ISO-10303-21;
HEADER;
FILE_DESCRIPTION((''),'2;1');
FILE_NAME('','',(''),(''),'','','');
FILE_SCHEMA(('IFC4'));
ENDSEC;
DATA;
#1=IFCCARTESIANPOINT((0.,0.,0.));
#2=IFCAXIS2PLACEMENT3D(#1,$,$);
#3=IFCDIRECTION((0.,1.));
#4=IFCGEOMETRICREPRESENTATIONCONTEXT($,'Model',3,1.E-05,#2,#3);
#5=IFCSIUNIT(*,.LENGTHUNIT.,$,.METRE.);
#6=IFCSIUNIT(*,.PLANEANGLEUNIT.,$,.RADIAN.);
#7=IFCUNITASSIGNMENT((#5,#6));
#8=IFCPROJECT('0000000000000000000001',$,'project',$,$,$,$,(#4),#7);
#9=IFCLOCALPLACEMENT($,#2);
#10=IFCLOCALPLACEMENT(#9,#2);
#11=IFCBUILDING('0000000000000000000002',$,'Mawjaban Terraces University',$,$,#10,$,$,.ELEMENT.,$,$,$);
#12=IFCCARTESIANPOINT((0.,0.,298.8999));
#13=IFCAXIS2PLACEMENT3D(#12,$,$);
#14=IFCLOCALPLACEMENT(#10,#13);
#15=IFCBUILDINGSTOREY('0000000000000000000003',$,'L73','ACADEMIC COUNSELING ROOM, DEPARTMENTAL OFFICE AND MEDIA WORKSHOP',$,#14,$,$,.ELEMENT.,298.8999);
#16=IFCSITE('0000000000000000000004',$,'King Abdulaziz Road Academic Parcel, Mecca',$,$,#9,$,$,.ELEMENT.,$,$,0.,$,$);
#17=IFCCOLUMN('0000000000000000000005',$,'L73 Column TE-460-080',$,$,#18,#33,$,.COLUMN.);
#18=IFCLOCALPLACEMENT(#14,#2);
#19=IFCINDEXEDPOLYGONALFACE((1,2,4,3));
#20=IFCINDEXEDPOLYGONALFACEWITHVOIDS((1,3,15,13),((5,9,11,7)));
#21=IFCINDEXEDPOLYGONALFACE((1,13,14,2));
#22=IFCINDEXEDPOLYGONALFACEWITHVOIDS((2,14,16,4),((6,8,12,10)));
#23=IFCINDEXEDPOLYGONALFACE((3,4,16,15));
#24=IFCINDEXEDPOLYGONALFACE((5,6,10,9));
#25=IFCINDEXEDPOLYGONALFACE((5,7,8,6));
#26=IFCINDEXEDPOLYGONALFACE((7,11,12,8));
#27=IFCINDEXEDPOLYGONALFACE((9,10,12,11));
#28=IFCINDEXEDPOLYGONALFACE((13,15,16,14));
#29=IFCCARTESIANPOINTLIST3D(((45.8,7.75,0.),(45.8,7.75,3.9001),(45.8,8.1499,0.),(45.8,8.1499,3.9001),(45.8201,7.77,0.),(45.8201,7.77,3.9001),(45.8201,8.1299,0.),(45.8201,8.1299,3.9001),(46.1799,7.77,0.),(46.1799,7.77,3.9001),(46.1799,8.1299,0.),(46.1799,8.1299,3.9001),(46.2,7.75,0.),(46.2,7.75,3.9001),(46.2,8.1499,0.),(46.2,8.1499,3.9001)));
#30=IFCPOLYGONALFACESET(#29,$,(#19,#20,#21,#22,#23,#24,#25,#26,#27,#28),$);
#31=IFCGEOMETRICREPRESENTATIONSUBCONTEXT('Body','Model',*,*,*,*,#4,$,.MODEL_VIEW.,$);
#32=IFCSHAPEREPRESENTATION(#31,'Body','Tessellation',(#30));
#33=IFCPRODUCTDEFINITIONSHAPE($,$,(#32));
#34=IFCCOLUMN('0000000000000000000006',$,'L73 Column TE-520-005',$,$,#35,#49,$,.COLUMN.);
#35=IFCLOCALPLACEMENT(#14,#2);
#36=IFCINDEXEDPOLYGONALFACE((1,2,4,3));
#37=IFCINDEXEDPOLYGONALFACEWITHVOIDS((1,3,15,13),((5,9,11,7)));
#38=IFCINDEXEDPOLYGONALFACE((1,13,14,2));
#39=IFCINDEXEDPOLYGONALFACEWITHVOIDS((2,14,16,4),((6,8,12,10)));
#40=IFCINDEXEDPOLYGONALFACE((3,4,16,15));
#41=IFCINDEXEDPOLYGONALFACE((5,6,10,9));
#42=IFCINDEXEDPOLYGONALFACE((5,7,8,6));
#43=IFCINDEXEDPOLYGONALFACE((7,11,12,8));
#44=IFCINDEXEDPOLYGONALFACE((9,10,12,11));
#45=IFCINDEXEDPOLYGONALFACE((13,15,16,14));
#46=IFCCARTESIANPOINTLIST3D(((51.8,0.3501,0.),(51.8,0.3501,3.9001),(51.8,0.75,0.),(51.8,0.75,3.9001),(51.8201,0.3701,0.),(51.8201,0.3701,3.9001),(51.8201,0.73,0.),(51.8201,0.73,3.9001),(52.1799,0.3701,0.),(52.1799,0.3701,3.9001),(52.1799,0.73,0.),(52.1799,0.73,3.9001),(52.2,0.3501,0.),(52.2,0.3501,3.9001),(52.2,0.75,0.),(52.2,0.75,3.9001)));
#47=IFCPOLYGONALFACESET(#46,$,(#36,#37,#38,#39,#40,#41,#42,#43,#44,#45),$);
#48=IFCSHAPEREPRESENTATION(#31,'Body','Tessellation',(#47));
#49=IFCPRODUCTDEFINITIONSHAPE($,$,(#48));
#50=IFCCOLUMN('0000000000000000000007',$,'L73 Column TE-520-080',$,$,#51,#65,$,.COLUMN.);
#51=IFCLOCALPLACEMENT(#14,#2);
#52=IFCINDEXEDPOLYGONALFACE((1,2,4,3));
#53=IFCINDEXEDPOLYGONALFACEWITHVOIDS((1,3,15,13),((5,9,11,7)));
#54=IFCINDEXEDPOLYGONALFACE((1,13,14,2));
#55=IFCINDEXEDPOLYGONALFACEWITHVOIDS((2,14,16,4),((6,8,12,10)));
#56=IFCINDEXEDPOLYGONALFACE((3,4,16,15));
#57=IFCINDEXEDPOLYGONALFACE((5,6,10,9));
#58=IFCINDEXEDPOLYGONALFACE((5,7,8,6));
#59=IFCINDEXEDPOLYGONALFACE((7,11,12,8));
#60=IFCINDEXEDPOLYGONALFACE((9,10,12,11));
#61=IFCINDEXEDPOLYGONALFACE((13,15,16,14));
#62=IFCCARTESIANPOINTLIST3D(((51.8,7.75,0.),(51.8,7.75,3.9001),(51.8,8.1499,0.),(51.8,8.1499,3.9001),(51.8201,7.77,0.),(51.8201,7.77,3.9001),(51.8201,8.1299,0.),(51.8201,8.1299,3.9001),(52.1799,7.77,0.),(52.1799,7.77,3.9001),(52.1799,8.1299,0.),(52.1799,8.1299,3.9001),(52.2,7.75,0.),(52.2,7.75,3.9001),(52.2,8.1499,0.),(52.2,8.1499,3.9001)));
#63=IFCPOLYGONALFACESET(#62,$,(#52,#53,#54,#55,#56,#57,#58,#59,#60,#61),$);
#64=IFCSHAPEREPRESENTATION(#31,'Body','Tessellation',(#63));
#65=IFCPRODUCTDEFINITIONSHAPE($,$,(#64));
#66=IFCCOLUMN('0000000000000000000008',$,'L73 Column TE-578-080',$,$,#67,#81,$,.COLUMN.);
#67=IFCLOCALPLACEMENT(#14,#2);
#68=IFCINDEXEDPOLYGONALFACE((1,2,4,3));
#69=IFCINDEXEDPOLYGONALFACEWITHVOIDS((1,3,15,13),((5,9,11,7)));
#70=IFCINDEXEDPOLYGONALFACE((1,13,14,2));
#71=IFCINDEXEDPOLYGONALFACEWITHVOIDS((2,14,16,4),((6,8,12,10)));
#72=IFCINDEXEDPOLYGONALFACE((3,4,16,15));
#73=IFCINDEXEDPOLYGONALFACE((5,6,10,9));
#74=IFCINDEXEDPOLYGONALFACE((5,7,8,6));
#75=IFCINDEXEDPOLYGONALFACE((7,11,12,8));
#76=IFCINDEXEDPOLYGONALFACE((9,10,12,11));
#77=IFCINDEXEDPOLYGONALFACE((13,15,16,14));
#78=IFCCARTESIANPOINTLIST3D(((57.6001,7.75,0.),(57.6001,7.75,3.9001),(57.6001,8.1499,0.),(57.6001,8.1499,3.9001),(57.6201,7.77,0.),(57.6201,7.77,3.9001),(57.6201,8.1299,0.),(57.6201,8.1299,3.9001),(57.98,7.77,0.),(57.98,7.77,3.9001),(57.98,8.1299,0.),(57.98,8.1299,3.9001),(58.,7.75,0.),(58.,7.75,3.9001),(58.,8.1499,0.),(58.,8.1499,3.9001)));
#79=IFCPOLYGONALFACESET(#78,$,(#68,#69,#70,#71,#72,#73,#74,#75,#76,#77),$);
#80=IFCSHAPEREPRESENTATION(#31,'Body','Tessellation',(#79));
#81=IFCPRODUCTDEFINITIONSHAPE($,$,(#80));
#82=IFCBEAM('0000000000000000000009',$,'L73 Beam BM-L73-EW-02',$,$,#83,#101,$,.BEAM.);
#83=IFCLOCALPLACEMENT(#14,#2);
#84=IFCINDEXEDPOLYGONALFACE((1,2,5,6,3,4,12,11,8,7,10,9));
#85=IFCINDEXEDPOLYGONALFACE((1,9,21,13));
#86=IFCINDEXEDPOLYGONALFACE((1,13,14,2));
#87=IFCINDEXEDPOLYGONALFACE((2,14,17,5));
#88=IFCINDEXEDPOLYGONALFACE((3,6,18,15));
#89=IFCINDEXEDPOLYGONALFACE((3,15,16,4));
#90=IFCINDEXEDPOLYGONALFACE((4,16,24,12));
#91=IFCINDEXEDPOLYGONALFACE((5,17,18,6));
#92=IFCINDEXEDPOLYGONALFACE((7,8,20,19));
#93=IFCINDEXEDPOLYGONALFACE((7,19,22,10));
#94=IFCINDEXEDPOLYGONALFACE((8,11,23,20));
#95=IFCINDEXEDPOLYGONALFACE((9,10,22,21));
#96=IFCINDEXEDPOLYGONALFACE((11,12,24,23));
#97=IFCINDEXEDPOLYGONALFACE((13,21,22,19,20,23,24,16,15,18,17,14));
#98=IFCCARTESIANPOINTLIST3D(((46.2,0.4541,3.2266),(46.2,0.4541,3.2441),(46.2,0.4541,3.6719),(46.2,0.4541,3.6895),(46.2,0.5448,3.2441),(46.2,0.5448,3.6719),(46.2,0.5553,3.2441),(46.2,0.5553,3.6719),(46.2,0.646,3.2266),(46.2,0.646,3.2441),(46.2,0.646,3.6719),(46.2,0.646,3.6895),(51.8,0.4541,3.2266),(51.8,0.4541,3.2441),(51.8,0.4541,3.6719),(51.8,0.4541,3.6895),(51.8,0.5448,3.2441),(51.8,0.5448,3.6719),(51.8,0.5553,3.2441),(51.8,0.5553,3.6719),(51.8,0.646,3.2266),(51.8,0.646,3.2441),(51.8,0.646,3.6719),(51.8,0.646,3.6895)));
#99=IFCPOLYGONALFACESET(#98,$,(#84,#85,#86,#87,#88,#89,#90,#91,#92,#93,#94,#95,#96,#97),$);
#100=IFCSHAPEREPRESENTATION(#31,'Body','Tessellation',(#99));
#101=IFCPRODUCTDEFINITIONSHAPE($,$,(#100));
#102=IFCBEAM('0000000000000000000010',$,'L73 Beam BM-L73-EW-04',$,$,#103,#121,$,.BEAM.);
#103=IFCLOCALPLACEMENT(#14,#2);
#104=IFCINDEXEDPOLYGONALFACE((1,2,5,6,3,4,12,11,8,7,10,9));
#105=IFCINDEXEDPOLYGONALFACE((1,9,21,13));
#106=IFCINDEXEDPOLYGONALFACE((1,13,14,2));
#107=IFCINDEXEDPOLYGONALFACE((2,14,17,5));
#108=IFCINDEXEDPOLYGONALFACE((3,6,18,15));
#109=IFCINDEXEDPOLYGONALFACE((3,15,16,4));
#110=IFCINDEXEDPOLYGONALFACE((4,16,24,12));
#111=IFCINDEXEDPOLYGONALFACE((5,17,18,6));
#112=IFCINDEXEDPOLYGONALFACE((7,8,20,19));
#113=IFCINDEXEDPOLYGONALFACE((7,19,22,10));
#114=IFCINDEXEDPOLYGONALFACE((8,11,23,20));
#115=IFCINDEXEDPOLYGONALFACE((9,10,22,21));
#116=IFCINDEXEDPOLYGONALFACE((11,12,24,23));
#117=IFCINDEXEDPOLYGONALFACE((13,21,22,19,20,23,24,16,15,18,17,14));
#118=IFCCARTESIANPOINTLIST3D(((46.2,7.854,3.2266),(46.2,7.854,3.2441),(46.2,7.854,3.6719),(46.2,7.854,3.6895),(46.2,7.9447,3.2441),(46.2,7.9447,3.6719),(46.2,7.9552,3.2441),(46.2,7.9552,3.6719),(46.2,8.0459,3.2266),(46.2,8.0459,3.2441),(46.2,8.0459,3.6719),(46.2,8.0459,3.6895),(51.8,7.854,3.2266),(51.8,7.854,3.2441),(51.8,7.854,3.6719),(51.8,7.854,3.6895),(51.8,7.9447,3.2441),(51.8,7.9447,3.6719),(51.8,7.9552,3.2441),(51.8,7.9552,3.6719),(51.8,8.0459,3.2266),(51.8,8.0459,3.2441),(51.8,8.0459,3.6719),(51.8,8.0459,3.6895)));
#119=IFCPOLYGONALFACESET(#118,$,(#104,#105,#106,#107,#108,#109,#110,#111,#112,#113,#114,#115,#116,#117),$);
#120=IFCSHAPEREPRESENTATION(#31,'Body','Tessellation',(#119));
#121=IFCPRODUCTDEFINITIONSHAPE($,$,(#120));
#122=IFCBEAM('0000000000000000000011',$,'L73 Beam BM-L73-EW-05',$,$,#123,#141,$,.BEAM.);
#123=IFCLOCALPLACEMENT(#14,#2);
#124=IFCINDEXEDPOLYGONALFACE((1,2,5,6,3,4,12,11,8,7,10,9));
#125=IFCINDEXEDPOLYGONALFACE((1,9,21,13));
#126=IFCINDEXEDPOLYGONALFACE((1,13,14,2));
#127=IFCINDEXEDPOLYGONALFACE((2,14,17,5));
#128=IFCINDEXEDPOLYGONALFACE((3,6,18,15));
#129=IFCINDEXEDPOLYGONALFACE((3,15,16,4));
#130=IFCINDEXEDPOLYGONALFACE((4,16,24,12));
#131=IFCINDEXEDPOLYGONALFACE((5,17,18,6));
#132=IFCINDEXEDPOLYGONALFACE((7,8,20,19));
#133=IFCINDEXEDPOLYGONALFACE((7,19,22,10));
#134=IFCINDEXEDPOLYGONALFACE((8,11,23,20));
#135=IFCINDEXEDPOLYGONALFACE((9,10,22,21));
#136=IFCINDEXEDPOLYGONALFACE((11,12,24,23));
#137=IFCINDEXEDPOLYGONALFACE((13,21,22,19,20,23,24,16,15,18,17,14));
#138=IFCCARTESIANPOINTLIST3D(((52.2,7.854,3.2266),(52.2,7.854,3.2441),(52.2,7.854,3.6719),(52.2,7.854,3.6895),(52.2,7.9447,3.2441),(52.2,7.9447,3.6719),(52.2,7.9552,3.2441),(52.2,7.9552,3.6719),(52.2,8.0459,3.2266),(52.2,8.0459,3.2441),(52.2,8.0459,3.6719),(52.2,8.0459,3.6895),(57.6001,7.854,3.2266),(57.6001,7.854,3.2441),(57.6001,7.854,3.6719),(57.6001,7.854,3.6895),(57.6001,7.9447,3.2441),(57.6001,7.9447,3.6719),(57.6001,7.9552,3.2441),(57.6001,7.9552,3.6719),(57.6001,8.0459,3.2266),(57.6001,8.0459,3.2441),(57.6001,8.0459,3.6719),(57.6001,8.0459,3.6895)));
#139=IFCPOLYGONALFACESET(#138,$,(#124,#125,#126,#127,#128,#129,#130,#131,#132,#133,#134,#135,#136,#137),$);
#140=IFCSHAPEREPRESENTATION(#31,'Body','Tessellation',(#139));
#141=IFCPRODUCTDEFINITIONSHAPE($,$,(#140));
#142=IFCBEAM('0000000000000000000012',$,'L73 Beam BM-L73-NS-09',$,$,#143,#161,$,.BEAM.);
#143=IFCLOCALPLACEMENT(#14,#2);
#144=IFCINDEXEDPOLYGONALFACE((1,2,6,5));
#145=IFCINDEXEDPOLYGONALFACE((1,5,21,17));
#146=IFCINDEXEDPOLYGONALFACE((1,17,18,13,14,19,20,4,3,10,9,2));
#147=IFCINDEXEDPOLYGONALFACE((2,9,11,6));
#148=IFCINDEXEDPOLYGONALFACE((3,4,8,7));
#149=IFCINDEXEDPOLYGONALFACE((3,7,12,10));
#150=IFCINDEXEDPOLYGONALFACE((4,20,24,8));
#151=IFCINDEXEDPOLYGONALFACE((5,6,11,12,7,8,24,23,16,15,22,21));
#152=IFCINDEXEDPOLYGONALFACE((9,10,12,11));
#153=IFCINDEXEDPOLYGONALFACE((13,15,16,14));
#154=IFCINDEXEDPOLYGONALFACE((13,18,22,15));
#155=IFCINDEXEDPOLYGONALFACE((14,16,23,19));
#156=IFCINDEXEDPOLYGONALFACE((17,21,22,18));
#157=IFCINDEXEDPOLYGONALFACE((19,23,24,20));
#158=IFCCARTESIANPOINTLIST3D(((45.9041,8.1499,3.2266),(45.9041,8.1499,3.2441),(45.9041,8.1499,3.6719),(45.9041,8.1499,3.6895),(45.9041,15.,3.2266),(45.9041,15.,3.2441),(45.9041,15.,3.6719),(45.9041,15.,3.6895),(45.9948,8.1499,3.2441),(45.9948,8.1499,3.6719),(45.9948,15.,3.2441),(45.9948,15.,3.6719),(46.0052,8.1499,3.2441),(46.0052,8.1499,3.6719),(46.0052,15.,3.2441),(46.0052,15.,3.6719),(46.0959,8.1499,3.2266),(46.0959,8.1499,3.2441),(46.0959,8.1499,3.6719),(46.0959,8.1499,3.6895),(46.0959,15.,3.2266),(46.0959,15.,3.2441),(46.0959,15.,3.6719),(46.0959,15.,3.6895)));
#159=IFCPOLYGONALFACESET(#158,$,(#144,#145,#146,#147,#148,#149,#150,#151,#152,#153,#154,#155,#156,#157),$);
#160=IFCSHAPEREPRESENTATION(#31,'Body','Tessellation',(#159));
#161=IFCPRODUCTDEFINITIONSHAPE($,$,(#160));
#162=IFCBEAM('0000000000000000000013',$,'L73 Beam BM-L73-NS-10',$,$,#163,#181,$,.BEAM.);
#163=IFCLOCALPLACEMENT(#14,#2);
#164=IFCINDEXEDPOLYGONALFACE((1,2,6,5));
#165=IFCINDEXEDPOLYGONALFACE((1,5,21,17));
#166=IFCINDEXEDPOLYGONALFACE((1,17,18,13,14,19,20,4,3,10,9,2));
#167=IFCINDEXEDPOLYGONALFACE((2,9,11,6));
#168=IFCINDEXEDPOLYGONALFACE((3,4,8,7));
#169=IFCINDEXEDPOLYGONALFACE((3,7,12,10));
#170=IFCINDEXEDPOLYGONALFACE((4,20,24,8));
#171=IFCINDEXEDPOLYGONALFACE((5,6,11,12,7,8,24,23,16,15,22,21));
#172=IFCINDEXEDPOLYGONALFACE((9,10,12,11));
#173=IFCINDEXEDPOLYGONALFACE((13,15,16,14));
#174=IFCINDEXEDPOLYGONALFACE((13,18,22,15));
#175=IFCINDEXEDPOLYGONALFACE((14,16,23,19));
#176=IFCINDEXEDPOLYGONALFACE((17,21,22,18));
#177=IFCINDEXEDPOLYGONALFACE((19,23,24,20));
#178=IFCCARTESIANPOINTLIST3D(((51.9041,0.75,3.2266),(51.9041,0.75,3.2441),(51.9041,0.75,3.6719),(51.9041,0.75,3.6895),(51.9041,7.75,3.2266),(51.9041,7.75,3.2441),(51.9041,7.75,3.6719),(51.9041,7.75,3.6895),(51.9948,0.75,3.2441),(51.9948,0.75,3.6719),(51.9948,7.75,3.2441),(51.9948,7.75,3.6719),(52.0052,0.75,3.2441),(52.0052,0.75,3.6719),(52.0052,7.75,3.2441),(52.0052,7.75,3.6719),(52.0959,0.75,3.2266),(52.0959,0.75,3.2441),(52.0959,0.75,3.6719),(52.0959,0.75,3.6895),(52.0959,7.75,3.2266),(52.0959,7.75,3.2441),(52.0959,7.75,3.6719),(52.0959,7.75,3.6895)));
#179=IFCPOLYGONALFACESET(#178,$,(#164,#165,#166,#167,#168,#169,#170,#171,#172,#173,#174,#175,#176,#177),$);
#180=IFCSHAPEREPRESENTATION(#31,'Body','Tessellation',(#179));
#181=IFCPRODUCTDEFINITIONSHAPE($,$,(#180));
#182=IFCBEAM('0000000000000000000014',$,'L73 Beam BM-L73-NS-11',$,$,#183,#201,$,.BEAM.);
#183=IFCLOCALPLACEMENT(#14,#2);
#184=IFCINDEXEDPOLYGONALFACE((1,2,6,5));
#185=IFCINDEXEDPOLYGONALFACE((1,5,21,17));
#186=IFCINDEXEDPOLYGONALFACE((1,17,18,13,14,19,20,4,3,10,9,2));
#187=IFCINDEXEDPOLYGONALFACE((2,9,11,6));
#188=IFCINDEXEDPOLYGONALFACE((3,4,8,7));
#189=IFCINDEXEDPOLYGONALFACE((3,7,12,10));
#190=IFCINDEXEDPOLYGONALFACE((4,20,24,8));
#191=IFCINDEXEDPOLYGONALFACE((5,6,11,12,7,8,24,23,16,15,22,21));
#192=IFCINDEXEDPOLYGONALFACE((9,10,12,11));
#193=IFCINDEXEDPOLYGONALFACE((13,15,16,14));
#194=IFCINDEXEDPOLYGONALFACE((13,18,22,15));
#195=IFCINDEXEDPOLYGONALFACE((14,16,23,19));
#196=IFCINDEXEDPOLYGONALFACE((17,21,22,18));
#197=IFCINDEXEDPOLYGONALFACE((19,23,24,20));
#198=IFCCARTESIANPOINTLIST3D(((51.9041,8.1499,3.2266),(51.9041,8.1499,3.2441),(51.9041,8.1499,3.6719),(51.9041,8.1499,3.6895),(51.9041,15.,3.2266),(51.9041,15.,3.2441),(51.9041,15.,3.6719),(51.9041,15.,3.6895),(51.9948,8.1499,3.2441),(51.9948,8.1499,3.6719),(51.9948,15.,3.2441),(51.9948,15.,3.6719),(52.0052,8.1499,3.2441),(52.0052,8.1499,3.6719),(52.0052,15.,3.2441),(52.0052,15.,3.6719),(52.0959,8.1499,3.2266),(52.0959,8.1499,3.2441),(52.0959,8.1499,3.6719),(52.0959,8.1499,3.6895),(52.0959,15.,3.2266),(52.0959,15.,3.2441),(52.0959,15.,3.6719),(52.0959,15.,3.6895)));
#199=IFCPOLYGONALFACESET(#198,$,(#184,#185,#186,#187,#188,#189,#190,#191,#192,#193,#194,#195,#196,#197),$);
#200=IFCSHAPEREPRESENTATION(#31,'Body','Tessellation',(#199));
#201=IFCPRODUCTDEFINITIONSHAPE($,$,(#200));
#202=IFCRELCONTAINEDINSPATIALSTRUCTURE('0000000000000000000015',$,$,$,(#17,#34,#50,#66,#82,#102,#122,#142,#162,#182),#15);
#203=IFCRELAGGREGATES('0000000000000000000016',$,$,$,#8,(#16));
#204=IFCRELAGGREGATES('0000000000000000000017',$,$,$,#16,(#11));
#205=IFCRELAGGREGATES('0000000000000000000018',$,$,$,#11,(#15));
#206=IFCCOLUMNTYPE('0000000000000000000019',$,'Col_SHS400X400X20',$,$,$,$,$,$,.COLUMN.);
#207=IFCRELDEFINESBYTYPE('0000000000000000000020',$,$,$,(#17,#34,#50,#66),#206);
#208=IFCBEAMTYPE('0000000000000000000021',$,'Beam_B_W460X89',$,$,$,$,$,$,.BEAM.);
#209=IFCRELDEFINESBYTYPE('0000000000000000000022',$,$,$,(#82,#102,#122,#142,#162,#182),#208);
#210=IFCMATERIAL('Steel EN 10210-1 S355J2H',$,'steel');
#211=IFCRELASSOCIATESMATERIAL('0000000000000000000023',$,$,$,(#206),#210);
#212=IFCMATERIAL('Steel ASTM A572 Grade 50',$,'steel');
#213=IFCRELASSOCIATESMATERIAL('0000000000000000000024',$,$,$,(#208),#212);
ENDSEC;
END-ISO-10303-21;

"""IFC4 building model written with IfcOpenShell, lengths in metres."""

from ifc_helpers import new_model, si_unit, direction, frame, origin, origin_2d, place, context, subcontext, project, spatial, hollow_rectangle, i_section, extrude, material, material_profile, profile_set, type_object, element, save


model = new_model("IFC4")

# Units and contexts
model_context = context("Model", 3, precision=1e-05, world=origin(), true_north=direction((0.0, 1.0)))
body_context = subcontext(model_context, "Body", "Model", "MODEL_VIEW")
ifc_project = project(units=[si_unit("LENGTHUNIT", "METRE"), si_unit("PLANEANGLEUNIT", "RADIAN")], contexts=[model_context])

# Site, building, storey
site_placement = place(None, origin())
site = spatial("IfcSite", under=ifc_project, at=site_placement, Name="King Abdulaziz Road Academic Parcel, Mecca", CompositionType="ELEMENT", RefElevation=0.0)
building_placement = place(site_placement, origin())
building = spatial("IfcBuilding", under=site, at=building_placement, Name="Mawjaban Terraces University", CompositionType="ELEMENT")
storey_placement = place(building_placement, frame((0.0, 0.0, 298.8999)))
storey = spatial("IfcBuildingStorey", under=building, at=storey_placement, Name="L73", Description="ACADEMIC COUNSELING ROOM, DEPARTMENTAL OFFICE AND MEDIA WORKSHOP", CompositionType="ELEMENT", Elevation=298.8999)

# Columns
ifc_material_1 = material(Name="Steel EN 10210-1 S355J2H", Category="steel")
ifc_material_profile_1 = material_profile(ifc_material_1, hollow_rectangle(XDim=0.3999, YDim=0.3999, WallThickness=0.02, at=origin_2d()), Name="SHS400X400X20")
ifc_profile_set_1 = profile_set([ifc_material_profile_1], Name="Steel EN 10210-1 S355J2H")
column_type = type_object("IfcColumnType", Name="Col_SHS400X400X20", PredefinedType="COLUMN", material=ifc_profile_set_1)
for number, where, z_axis, x_axis, name in (
    (1, (46.0, 7.95, 0.0), (0.0, 0.0, 1.0), (1.0, 0.0, 0.0), "L73 Column TE-460-080"),
    (2, (52.0, 0.55, 0.0), (0.0, 0.0, 1.0), (1.0, 0.0, 0.0), "L73 Column TE-520-005"),
    (3, (52.0, 7.95, 0.0), (0.0, 0.0, 1.0), (1.0, 0.0, 0.0), "L73 Column TE-520-080"),
    (4, (57.8, 7.95, 0.0), (0.0, 0.0, 1.0), (1.0, 0.0, 0.0), "L73 Column TE-578-080"),
):
    element("IfcColumn", number, at=place(storey_placement, frame(where, z_axis=z_axis, x_axis=x_axis)), inside=storey, type_object=column_type, Name=name, PredefinedType="COLUMN", context=body_context, shape_type="SweptSolid", body=[
        extrude(hollow_rectangle(XDim=0.3999, YDim=0.3999, WallThickness=0.02, at=origin_2d()), origin(), (0.0, 0.0, 1.0), 3.9001),
    ])

# Beams
ifc_material_2 = material(Name="Steel ASTM A572 Grade 50", Category="steel")
ifc_material_profile_2 = material_profile(ifc_material_2, i_section(OverallWidth=0.1919, OverallDepth=0.4629, WebThickness=0.0105, FlangeThickness=0.0176, at=origin_2d()), Name="W460X89")
ifc_profile_set_2 = profile_set([ifc_material_profile_2], Name="Steel ASTM A572 Grade 50")
beam_type_1 = type_object("IfcBeamType", Name="Beam_B_W460X89", PredefinedType="BEAM", material=ifc_profile_set_2)
for number, where, z_axis, x_axis, name in (
    (5, (46.2, 0.55, 3.458), (1.0, 0.0, 0.0), (0.0, 1.0, 0.0), "L73 Beam BM-L73-EW-02"),
    (6, (46.2, 7.95, 3.458), (1.0, 0.0, 0.0), (0.0, 1.0, 0.0), "L73 Beam BM-L73-EW-04"),
):
    element("IfcBeam", number, at=place(storey_placement, frame(where, z_axis=z_axis, x_axis=x_axis)), inside=storey, type_object=beam_type_1, Name=name, PredefinedType="BEAM", context=body_context, shape_type="SweptSolid", body=[
        extrude(i_section(OverallWidth=0.1919, OverallDepth=0.4629, WebThickness=0.0105, FlangeThickness=0.0176, at=origin_2d()), origin(), (0.0, 0.0, 1.0), 5.6001),
    ])
beam_1_placement = place(storey_placement, frame((52.2, 7.95, 3.458), z_axis=(1.0, 0.0, 0.0), x_axis=(0.0, 1.0, 0.0)))
element("IfcBeam", 7, at=beam_1_placement, inside=storey, type_object=beam_type_1, Name="L73 Beam BM-L73-EW-05", PredefinedType="BEAM", context=body_context, shape_type="SweptSolid", body=[
    extrude(i_section(OverallWidth=0.1919, OverallDepth=0.4629, WebThickness=0.0105, FlangeThickness=0.0176, at=origin_2d()), origin(), (0.0, 0.0, 1.0), 5.4001),
])
beam_2_placement = place(storey_placement, frame((46.0, 8.1499, 3.458), z_axis=(0.0, 1.0, 0.0), x_axis=(-1.0, 0.0, 0.0)))
element("IfcBeam", 8, at=beam_2_placement, inside=storey, type_object=beam_type_1, Name="L73 Beam BM-L73-NS-09", PredefinedType="BEAM", context=body_context, shape_type="SweptSolid", body=[
    extrude(i_section(OverallWidth=0.1919, OverallDepth=0.4629, WebThickness=0.0105, FlangeThickness=0.0176, at=origin_2d()), origin(), (0.0, 0.0, 1.0), 6.8501),
])
beam_3_placement = place(storey_placement, frame((52.0, 0.75, 3.458), z_axis=(0.0, 1.0, 0.0), x_axis=(-1.0, 0.0, 0.0)))
element("IfcBeam", 9, at=beam_3_placement, inside=storey, type_object=beam_type_1, Name="L73 Beam BM-L73-NS-10", PredefinedType="BEAM", context=body_context, shape_type="SweptSolid", body=[
    extrude(i_section(OverallWidth=0.1919, OverallDepth=0.4629, WebThickness=0.0105, FlangeThickness=0.0176, at=origin_2d()), origin(), (0.0, 0.0, 1.0), 7.0),
])
for number, where, z_axis, x_axis, name in (
    (10, (52.0, 8.1499, 3.458), (0.0, 1.0, 0.0), (-1.0, 0.0, 0.0), "L73 Beam BM-L73-NS-11"),
):
    element("IfcBeam", number, at=place(storey_placement, frame(where, z_axis=z_axis, x_axis=x_axis)), inside=storey, type_object=beam_type_1, Name=name, PredefinedType="BEAM", context=body_context, shape_type="SweptSolid", body=[
        extrude(i_section(OverallWidth=0.1919, OverallDepth=0.4629, WebThickness=0.0105, FlangeThickness=0.0176, at=origin_2d()), origin(), (0.0, 0.0, 1.0), 6.8501),
    ])

save(model, "model.ifc")
